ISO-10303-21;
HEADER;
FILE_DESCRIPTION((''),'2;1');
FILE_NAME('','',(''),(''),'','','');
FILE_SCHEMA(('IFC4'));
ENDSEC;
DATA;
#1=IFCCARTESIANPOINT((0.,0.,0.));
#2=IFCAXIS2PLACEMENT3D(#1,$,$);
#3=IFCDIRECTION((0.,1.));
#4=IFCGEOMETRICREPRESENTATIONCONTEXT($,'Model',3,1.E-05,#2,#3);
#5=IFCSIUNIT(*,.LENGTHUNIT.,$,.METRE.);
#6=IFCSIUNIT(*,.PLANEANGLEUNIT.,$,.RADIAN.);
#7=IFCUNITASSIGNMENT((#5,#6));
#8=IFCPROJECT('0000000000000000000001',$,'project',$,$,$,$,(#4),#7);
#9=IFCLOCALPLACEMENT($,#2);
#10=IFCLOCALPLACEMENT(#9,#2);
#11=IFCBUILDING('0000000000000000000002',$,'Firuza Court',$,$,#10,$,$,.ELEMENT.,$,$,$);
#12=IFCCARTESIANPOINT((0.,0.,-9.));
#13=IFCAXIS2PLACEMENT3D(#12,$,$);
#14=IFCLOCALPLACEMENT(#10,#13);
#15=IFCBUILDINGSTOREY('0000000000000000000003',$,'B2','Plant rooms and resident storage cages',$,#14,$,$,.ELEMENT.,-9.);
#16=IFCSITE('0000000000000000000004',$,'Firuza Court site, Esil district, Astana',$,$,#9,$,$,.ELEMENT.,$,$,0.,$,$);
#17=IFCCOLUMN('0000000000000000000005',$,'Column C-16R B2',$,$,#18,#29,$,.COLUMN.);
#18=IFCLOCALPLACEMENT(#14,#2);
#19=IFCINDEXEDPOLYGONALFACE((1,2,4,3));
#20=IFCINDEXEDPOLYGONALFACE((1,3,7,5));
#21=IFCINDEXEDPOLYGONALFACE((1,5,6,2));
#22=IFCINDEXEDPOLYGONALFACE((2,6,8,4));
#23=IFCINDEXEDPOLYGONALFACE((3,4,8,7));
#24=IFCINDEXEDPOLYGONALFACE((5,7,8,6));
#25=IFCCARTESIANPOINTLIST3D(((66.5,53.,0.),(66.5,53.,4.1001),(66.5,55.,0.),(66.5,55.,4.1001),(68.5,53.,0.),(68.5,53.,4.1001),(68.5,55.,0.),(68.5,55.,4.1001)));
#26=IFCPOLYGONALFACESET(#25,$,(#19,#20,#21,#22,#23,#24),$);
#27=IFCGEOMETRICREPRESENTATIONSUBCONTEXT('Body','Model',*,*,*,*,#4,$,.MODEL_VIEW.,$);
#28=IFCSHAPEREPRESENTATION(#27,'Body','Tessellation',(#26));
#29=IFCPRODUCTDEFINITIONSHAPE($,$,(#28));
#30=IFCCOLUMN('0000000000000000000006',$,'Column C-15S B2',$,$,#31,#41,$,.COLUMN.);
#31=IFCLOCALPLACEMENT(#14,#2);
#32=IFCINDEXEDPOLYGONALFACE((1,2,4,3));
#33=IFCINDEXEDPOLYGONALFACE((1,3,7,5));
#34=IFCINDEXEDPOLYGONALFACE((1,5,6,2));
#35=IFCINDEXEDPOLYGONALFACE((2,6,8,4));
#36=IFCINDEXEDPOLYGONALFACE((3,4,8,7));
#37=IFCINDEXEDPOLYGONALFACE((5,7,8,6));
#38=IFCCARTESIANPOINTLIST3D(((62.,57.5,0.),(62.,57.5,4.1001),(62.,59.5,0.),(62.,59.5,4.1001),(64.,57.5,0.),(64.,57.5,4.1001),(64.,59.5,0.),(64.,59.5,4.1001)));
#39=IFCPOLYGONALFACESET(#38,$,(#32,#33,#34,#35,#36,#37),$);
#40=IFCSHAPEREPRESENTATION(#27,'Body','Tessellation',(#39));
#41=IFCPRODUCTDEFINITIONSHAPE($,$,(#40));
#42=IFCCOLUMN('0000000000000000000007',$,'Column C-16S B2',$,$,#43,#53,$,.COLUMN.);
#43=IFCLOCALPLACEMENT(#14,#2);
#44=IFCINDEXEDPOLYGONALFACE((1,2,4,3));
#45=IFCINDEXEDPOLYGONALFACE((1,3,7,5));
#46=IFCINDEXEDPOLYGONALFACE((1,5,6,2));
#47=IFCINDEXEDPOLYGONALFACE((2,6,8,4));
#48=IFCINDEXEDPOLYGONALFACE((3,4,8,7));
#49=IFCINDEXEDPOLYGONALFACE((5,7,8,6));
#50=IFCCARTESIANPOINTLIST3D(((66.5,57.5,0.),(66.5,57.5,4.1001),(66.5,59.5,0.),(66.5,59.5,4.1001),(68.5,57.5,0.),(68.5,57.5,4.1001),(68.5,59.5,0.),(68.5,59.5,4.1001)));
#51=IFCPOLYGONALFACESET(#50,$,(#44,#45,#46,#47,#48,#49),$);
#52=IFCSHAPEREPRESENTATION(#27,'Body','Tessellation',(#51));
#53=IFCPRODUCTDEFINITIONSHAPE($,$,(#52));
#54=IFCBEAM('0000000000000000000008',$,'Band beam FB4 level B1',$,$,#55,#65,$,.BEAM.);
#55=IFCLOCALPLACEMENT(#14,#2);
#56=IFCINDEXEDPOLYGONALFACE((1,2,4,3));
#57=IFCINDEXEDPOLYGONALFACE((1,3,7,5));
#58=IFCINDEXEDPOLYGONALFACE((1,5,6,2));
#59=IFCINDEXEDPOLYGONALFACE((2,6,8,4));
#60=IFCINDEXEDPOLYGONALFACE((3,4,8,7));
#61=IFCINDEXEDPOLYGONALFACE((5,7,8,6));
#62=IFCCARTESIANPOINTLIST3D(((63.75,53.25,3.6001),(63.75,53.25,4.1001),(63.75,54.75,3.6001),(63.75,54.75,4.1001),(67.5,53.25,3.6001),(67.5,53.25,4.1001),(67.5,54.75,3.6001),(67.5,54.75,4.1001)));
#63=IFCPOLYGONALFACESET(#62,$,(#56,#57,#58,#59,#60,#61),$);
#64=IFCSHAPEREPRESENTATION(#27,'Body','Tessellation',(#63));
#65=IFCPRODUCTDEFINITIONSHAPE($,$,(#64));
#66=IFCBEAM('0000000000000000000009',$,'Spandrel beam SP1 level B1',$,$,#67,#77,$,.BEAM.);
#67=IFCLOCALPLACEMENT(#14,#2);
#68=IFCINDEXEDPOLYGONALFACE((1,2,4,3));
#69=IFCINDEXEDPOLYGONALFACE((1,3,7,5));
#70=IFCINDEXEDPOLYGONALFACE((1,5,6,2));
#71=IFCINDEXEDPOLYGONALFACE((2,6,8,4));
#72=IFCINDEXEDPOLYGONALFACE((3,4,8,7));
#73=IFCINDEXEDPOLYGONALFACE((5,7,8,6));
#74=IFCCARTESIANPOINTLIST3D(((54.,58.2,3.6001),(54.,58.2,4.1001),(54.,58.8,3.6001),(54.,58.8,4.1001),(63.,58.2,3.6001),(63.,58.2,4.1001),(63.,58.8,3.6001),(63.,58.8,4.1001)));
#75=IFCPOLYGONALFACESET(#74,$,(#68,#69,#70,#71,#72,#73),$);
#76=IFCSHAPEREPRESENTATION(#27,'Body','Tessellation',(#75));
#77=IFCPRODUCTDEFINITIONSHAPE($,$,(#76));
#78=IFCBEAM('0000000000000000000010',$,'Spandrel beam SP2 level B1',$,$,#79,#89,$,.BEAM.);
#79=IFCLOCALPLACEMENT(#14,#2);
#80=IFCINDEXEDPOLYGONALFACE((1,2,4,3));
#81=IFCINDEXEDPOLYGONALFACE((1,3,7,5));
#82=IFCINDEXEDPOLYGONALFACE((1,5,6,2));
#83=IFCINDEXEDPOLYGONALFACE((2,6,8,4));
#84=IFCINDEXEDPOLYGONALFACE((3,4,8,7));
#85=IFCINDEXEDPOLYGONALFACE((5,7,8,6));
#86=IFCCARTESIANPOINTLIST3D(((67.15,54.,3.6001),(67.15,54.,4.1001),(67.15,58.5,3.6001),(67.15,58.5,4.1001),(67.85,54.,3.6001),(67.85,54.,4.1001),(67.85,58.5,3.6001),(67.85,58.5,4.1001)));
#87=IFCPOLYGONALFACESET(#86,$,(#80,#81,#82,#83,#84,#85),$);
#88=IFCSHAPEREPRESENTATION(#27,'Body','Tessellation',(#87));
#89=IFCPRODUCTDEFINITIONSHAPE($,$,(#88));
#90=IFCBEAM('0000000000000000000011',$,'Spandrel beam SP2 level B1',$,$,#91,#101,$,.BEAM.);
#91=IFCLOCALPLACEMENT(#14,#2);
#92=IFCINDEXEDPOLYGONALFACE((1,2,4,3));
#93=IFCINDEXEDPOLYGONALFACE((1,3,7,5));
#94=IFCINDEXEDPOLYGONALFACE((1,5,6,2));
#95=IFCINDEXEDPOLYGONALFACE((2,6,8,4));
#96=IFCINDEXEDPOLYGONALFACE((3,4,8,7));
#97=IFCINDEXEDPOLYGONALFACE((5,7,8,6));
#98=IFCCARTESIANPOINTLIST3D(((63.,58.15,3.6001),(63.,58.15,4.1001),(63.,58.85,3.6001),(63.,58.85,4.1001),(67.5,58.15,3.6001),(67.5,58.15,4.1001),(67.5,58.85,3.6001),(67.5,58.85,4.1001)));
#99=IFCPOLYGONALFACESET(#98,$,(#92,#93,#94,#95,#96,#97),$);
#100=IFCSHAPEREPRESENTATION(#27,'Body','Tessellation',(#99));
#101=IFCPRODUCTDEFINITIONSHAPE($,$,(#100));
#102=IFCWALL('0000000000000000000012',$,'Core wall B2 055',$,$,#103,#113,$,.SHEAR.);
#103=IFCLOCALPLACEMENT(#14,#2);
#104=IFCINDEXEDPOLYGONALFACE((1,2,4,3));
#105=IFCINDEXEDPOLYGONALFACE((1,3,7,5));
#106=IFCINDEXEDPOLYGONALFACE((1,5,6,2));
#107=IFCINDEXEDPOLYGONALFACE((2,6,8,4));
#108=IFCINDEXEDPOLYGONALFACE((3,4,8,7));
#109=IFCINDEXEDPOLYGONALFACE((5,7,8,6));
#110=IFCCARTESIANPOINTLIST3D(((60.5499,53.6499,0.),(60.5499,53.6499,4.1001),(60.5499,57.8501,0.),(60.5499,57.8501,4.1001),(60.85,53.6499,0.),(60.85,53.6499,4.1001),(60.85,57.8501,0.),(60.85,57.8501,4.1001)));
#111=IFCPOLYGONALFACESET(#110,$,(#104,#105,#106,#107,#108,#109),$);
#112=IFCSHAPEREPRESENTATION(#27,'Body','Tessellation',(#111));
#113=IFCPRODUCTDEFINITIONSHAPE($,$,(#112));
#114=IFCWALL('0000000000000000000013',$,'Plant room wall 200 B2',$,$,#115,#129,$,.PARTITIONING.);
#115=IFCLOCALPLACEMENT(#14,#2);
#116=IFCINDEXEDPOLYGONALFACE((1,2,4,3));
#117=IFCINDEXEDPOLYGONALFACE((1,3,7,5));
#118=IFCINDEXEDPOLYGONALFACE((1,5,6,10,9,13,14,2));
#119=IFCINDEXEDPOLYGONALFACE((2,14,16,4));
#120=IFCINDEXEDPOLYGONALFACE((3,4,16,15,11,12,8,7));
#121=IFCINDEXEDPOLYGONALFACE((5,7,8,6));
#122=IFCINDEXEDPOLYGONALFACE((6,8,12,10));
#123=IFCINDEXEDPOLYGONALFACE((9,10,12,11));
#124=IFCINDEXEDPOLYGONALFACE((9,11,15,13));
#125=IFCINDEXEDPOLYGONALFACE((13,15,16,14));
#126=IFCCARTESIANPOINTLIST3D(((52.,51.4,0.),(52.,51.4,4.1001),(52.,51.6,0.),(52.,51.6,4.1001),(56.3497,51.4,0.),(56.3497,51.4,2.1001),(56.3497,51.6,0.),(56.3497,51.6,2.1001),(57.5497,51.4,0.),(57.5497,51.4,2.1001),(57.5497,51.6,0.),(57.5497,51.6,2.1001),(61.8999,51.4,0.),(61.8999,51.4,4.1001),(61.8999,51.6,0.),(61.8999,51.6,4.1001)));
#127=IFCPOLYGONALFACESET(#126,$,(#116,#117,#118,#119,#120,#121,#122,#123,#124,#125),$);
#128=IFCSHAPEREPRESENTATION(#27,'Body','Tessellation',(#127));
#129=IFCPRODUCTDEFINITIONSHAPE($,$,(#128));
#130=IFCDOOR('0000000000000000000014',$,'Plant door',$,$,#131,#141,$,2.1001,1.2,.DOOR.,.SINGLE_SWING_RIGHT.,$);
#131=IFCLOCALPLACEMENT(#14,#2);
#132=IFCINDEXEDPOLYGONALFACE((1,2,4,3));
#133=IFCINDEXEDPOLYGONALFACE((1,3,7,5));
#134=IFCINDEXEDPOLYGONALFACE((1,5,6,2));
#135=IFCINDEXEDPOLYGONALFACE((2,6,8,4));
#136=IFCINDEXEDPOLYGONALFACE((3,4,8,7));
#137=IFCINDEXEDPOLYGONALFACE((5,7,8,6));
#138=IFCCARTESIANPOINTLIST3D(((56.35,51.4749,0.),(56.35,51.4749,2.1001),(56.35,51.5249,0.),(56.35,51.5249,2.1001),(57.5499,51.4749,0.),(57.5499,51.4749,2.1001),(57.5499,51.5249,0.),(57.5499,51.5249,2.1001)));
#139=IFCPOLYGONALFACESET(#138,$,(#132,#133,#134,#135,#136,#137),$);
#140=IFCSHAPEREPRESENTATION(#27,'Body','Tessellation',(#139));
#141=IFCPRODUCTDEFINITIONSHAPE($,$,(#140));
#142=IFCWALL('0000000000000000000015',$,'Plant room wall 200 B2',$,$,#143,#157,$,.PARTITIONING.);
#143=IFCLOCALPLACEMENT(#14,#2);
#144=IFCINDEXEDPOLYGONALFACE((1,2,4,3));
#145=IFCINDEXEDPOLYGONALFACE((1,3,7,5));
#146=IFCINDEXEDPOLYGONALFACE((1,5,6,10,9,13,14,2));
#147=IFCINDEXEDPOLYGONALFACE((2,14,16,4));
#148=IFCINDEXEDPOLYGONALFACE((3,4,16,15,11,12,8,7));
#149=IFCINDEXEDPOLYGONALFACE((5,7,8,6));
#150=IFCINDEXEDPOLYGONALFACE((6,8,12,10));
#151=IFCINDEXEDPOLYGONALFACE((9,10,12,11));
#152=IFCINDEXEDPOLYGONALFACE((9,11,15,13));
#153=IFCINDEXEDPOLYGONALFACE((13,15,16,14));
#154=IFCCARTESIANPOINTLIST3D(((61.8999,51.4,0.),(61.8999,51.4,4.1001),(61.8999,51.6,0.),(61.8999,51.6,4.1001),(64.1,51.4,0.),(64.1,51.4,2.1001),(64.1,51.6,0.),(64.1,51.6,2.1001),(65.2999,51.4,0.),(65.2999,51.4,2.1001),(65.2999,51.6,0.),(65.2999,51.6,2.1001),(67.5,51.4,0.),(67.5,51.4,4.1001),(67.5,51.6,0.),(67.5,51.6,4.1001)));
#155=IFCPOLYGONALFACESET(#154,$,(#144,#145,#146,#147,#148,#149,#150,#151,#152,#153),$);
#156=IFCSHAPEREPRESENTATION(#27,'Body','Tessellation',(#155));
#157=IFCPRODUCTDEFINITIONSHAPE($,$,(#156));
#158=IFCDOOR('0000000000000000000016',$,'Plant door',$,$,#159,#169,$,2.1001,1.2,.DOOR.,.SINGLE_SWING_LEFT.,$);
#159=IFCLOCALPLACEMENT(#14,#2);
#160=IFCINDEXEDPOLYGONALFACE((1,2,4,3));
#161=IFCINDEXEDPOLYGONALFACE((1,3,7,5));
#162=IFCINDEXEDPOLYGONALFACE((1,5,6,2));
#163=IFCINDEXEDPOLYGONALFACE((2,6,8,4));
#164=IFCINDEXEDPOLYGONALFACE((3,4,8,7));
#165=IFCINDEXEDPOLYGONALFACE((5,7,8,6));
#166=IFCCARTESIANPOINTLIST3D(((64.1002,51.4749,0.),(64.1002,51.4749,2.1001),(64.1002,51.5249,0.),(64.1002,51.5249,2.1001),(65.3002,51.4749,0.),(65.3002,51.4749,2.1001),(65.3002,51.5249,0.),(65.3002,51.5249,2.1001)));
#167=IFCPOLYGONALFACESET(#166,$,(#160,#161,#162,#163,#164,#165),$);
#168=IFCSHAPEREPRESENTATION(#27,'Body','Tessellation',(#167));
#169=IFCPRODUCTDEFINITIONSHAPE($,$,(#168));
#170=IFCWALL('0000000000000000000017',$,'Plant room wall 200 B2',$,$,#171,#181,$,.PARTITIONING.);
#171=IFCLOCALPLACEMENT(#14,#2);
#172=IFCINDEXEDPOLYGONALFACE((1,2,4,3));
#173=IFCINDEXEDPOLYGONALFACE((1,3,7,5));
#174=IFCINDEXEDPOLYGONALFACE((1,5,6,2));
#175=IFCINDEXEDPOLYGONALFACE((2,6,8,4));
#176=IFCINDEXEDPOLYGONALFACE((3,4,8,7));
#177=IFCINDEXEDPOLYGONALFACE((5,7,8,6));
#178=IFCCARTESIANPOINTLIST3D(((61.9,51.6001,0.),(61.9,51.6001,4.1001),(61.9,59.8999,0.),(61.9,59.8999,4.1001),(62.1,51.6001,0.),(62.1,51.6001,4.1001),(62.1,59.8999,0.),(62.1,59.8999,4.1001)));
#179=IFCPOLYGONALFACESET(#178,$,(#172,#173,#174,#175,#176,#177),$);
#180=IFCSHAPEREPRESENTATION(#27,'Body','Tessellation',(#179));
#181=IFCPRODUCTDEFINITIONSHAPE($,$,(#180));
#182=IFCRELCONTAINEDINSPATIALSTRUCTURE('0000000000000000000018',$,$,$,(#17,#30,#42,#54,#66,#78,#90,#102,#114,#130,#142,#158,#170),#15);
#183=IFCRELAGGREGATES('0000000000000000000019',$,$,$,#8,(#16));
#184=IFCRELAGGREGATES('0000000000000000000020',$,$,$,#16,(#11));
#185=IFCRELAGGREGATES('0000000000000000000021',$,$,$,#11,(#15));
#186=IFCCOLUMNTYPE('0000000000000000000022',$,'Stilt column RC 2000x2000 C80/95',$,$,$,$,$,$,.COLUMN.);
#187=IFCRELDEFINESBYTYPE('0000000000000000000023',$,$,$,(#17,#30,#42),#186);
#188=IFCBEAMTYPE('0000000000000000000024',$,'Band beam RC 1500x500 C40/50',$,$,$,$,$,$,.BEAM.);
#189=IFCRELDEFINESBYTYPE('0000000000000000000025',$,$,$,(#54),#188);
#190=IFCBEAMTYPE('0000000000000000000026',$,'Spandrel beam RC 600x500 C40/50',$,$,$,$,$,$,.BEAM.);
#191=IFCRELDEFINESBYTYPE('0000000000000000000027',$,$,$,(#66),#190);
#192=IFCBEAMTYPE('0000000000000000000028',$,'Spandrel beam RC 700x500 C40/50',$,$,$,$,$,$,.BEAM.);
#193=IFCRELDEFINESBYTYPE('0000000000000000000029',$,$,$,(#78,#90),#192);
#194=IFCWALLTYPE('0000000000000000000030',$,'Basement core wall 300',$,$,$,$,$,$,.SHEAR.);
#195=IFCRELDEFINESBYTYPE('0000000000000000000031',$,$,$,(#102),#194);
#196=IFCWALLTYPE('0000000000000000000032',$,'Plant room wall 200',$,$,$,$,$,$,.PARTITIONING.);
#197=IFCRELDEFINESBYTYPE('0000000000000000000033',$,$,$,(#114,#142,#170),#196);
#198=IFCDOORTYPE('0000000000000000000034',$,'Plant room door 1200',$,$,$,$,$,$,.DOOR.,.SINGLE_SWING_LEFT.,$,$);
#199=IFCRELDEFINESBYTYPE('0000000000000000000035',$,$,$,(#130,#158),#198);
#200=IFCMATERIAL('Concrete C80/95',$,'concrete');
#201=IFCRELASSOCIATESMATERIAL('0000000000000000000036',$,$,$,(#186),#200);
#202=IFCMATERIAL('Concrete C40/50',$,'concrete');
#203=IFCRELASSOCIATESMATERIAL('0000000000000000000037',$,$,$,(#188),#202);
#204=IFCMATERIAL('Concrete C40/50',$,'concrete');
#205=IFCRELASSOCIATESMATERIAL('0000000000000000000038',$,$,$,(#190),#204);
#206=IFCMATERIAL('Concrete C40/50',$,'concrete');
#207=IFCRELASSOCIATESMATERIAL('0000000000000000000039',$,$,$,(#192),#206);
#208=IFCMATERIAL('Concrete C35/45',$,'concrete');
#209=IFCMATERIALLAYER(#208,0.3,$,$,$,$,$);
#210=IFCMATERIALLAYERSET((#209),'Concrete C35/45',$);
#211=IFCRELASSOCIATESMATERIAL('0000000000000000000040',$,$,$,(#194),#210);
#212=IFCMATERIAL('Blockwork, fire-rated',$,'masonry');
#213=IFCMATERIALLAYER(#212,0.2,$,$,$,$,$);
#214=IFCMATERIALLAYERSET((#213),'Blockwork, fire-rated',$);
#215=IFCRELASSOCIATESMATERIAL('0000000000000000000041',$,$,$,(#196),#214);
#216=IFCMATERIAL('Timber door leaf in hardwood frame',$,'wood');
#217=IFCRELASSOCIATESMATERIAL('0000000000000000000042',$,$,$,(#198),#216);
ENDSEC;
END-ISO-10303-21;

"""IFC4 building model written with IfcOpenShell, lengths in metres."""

from ifc_helpers import new_model, si_unit, direction, frame, frame_2d, origin, origin_2d, place, context, subcontext, project, spatial, rectangle, extrude, material, layer, layer_set, material_profile, profile_set, type_object, element, fill, save


model = new_model("IFC4")

# Units and contexts
model_context = context("Model", 3, precision=1e-05, world=origin(), true_north=direction((0.0, 1.0)))
body_context = subcontext(model_context, "Body", "Model", "MODEL_VIEW")
ifc_project = project(units=[si_unit("LENGTHUNIT", "METRE"), si_unit("PLANEANGLEUNIT", "RADIAN")], contexts=[model_context])

# Site, building, storey
site_placement = place(None, origin())
site = spatial("IfcSite", under=ifc_project, at=site_placement, Name="Firuza Court site, Esil district, Astana", CompositionType="ELEMENT", RefElevation=0.0)
building_placement = place(site_placement, origin())
building = spatial("IfcBuilding", under=site, at=building_placement, Name="Firuza Court", CompositionType="ELEMENT")
storey_placement = place(building_placement, frame((0.0, 0.0, -9.0)))
storey = spatial("IfcBuildingStorey", under=building, at=storey_placement, Name="B2", Description="Plant rooms and resident storage cages", CompositionType="ELEMENT", Elevation=-9.0)

# Columns
ifc_material_1 = material(Name="Concrete C80/95", Category="concrete")
ifc_material_profile_1 = material_profile(ifc_material_1, rectangle(XDim=2.0, YDim=2.0, at=origin_2d()), Name="RC 2000x2000")
ifc_profile_set_1 = profile_set([ifc_material_profile_1], Name="Concrete C80/95")
column_type = type_object("IfcColumnType", Name="Stilt column RC 2000x2000 C80/95", PredefinedType="COLUMN", material=ifc_profile_set_1)
for number, where, z_axis, x_axis, name in (
    (1, (67.5, 54.0, 0.0), (0.0, 0.0, 1.0), (1.0, 0.0, 0.0), "Column C-16R B2"),
    (2, (63.0, 58.5, 0.0), (0.0, 0.0, 1.0), (1.0, 0.0, 0.0), "Column C-15S B2"),
    (3, (67.5, 58.5, 0.0), (0.0, 0.0, 1.0), (1.0, 0.0, 0.0), "Column C-16S B2"),
):
    element("IfcColumn", number, at=place(storey_placement, frame(where, z_axis=z_axis, x_axis=x_axis)), inside=storey, type_object=column_type, Name=name, PredefinedType="COLUMN", context=body_context, shape_type="SweptSolid", body=[
        extrude(rectangle(XDim=2.0, YDim=2.0, at=origin_2d()), origin(), (0.0, 0.0, 1.0), 4.1001),
    ])

# Beams
ifc_material_2 = material(Name="Concrete C40/50", Category="concrete")
ifc_material_profile_2 = material_profile(ifc_material_2, rectangle(XDim=1.5, YDim=0.5, at=origin_2d()), Name="RC 1500x500")
ifc_profile_set_2 = profile_set([ifc_material_profile_2], Name="Concrete C40/50")
beam_type_1 = type_object("IfcBeamType", Name="Band beam RC 1500x500 C40/50", PredefinedType="BEAM", material=ifc_profile_set_2)
beam_1_placement = place(storey_placement, frame((67.5, 54.0, 3.8501), z_axis=(-1.0, 0.0, 0.0), x_axis=(0.0, -1.0, 0.0)))
element("IfcBeam", 4, at=beam_1_placement, inside=storey, type_object=beam_type_1, Name="Band beam FB4 level B1", PredefinedType="BEAM", context=body_context, shape_type="SweptSolid", body=[
    extrude(rectangle(XDim=1.5, YDim=0.5, at=origin_2d()), origin(), (0.0, 0.0, 1.0), 3.75),
])
ifc_material_3 = material(Name="Concrete C40/50", Category="concrete")
ifc_material_profile_3 = material_profile(ifc_material_3, rectangle(XDim=0.6001, YDim=0.5, at=origin_2d()), Name="RC 600x500")
ifc_profile_set_3 = profile_set([ifc_material_profile_3], Name="Concrete C40/50")
beam_type_2 = type_object("IfcBeamType", Name="Spandrel beam RC 600x500 C40/50", PredefinedType="BEAM", material=ifc_profile_set_3)
beam_2_placement = place(storey_placement, frame((63.0, 58.5, 3.8501), z_axis=(-1.0, 0.0, 0.0), x_axis=(0.0, -1.0, 0.0)))
element("IfcBeam", 5, at=beam_2_placement, inside=storey, type_object=beam_type_2, Name="Spandrel beam SP1 level B1", PredefinedType="BEAM", context=body_context, shape_type="SweptSolid", body=[
    extrude(rectangle(XDim=0.6001, YDim=0.5, at=origin_2d()), origin(), (0.0, 0.0, 1.0), 9.0),
])
ifc_material_4 = material(Name="Concrete C40/50", Category="concrete")
ifc_material_profile_4 = material_profile(ifc_material_4, rectangle(XDim=0.7, YDim=0.5, at=origin_2d()), Name="RC 700x500")
ifc_profile_set_4 = profile_set([ifc_material_profile_4], Name="Concrete C40/50")
beam_type_3 = type_object("IfcBeamType", Name="Spandrel beam RC 700x500 C40/50", PredefinedType="BEAM", material=ifc_profile_set_4)
for number, where, z_axis, x_axis, name in (
    (6, (67.5, 54.0, 3.8501), (0.0, 1.0, 0.0), (-1.0, 0.0, 0.0), "Spandrel beam SP2 level B1"),
    (7, (67.5, 58.5, 3.8501), (-1.0, 0.0, 0.0), (0.0, -1.0, 0.0), "Spandrel beam SP2 level B1"),
):
    element("IfcBeam", number, at=place(storey_placement, frame(where, z_axis=z_axis, x_axis=x_axis)), inside=storey, type_object=beam_type_3, Name=name, PredefinedType="BEAM", context=body_context, shape_type="SweptSolid", body=[
        extrude(rectangle(XDim=0.7, YDim=0.5, at=origin_2d()), origin(), (0.0, 0.0, 1.0), 4.5),
    ])

# Wall
ifc_material_5 = material(Name="Concrete C35/45", Category="concrete")
ifc_layer_1 = layer(ifc_material_5, 0.3)
ifc_layer_set_1 = layer_set([ifc_layer_1], Name="Concrete C35/45")
wall_type_1 = type_object("IfcWallType", Name="Basement core wall 300", PredefinedType="SHEAR", material=ifc_layer_set_1)
wall_1_placement = place(storey_placement, frame((60.7, 53.6499, 0.0), z_axis=(0.0, 0.0, 1.0), x_axis=(0.0, 1.0, 0.0)))
element("IfcWall", 8, at=wall_1_placement, inside=storey, type_object=wall_type_1, Name="Core wall B2 055", PredefinedType="SHEAR", context=body_context, shape_type="SweptSolid", body=[
    extrude(rectangle(XDim=4.2002, YDim=0.3, at=frame_2d((2.1001, 0.0))), origin(), (0.0, 0.0, 1.0), 4.1001),
])

# Walls, openings, doors
ifc_material_6 = material(Name="Blockwork, fire-rated", Category="masonry")
ifc_layer_2 = layer(ifc_material_6, 0.2)
ifc_layer_set_2 = layer_set([ifc_layer_2], Name="Blockwork, fire-rated")
wall_type_2 = type_object("IfcWallType", Name="Plant room wall 200", PredefinedType="PARTITIONING", material=ifc_layer_set_2)
wall_2_placement = place(storey_placement, frame((61.8999, 51.5, 0.0), z_axis=(0.0, 0.0, 1.0), x_axis=(-1.0, 0.0, 0.0)))
wall_2 = element("IfcWall", 9, at=wall_2_placement, inside=storey, type_object=wall_type_2, Name="Plant room wall 200 B2", PredefinedType="PARTITIONING", context=body_context, shape_type="SweptSolid", body=[
    extrude(rectangle(XDim=9.8999, YDim=0.2, at=frame_2d((4.95, 0.0))), origin(), (0.0, 0.0, 1.0), 4.1001),
])
opening_1_placement = place(wall_2_placement, frame((4.3501, 0.0, 0.0)))
opening_1 = element("IfcOpeningElement", 10, at=opening_1_placement, cuts=wall_2, PredefinedType="OPENING", context=body_context, shape_type="SweptSolid", body=[
    extrude(rectangle(XDim=1.2, YDim=2.1001, at=frame_2d((0.6001, 1.05))), frame((0.0, 0.1118, 0.0), z_axis=(0.0, -1.0, 0.0), x_axis=(1.0, 0.0, 0.0)), (0.0, 0.0, 1.0), 0.2239),
])
ifc_material_7 = material(Name="Timber door leaf in hardwood frame", Category="wood")
door_type = type_object("IfcDoorType", Name="Plant room door 1200", OperationType="SINGLE_SWING_LEFT", PredefinedType="DOOR", material=ifc_material_7)
door_1_placement = place(opening_1_placement, frame((1.2, 0.0, 0.0), z_axis=(0.0, 0.0, 1.0), x_axis=(-1.0, 0.0, 0.0)))
door_1 = element("IfcDoor", 11, at=door_1_placement, inside=storey, type_object=door_type, Name="Plant door", OperationType="SINGLE_SWING_RIGHT", OverallHeight=2.1001, OverallWidth=1.2, PredefinedType="DOOR", context=body_context, shape_type="SweptSolid", body=[
    extrude(rectangle(XDim=1.2, YDim=2.1001, at=frame_2d((0.6001, 1.05))), frame((0.0, 0.0249, 0.0), z_axis=(0.0, -1.0, 0.0), x_axis=(1.0, 0.0, 0.0)), (0.0, 0.0, 1.0), 0.05),
])
fill(opening_1, door_1)
wall_3_placement = place(storey_placement, frame((67.5, 51.5, 0.0), z_axis=(0.0, 0.0, 1.0), x_axis=(-1.0, 0.0, 0.0)))
wall_3 = element("IfcWall", 12, at=wall_3_placement, inside=storey, type_object=wall_type_2, Name="Plant room wall 200 B2", PredefinedType="PARTITIONING", context=body_context, shape_type="SweptSolid", body=[
    extrude(rectangle(XDim=5.6001, YDim=0.2, at=frame_2d((2.8, 0.0))), origin(), (0.0, 0.0, 1.0), 4.1001),
])
opening_2_placement = place(wall_3_placement, frame((2.2, 0.0, 0.0)))
opening_2 = element("IfcOpeningElement", 13, at=opening_2_placement, cuts=wall_3, PredefinedType="OPENING", context=body_context, shape_type="SweptSolid", body=[
    extrude(rectangle(XDim=1.2, YDim=2.1001, at=frame_2d((0.6001, 1.05))), frame((0.0, 0.1118, 0.0), z_axis=(0.0, -1.0, 0.0), x_axis=(1.0, 0.0, 0.0)), (0.0, 0.0, 1.0), 0.2239),
])
door_2_placement = place(opening_2_placement, frame((1.2, 0.0, 0.0), z_axis=(0.0, 0.0, 1.0), x_axis=(-1.0, 0.0, 0.0)))
door_2 = element("IfcDoor", 14, at=door_2_placement, inside=storey, type_object=door_type, Name="Plant door", OperationType="SINGLE_SWING_LEFT", OverallHeight=2.1001, OverallWidth=1.2, PredefinedType="DOOR", context=body_context, shape_type="SweptSolid", body=[
    extrude(rectangle(XDim=1.2, YDim=2.1001, at=frame_2d((0.6001, 1.05))), frame((0.0, 0.0249, 0.0), z_axis=(0.0, -1.0, 0.0), x_axis=(1.0, 0.0, 0.0)), (0.0, 0.0, 1.0), 0.05),
])
fill(opening_2, door_2)

# Wall
wall_4_placement = place(storey_placement, frame((62.0, 59.8999, 0.0), z_axis=(0.0, 0.0, 1.0), x_axis=(0.0, -1.0, 0.0)))
element("IfcWall", 15, at=wall_4_placement, inside=storey, type_object=wall_type_2, Name="Plant room wall 200 B2", PredefinedType="PARTITIONING", context=body_context, shape_type="SweptSolid", body=[
    extrude(rectangle(XDim=8.2998, YDim=0.2, at=frame_2d((4.1499, 0.0))), origin(), (0.0, 0.0, 1.0), 4.1001),
])

save(model, "model.ifc")
